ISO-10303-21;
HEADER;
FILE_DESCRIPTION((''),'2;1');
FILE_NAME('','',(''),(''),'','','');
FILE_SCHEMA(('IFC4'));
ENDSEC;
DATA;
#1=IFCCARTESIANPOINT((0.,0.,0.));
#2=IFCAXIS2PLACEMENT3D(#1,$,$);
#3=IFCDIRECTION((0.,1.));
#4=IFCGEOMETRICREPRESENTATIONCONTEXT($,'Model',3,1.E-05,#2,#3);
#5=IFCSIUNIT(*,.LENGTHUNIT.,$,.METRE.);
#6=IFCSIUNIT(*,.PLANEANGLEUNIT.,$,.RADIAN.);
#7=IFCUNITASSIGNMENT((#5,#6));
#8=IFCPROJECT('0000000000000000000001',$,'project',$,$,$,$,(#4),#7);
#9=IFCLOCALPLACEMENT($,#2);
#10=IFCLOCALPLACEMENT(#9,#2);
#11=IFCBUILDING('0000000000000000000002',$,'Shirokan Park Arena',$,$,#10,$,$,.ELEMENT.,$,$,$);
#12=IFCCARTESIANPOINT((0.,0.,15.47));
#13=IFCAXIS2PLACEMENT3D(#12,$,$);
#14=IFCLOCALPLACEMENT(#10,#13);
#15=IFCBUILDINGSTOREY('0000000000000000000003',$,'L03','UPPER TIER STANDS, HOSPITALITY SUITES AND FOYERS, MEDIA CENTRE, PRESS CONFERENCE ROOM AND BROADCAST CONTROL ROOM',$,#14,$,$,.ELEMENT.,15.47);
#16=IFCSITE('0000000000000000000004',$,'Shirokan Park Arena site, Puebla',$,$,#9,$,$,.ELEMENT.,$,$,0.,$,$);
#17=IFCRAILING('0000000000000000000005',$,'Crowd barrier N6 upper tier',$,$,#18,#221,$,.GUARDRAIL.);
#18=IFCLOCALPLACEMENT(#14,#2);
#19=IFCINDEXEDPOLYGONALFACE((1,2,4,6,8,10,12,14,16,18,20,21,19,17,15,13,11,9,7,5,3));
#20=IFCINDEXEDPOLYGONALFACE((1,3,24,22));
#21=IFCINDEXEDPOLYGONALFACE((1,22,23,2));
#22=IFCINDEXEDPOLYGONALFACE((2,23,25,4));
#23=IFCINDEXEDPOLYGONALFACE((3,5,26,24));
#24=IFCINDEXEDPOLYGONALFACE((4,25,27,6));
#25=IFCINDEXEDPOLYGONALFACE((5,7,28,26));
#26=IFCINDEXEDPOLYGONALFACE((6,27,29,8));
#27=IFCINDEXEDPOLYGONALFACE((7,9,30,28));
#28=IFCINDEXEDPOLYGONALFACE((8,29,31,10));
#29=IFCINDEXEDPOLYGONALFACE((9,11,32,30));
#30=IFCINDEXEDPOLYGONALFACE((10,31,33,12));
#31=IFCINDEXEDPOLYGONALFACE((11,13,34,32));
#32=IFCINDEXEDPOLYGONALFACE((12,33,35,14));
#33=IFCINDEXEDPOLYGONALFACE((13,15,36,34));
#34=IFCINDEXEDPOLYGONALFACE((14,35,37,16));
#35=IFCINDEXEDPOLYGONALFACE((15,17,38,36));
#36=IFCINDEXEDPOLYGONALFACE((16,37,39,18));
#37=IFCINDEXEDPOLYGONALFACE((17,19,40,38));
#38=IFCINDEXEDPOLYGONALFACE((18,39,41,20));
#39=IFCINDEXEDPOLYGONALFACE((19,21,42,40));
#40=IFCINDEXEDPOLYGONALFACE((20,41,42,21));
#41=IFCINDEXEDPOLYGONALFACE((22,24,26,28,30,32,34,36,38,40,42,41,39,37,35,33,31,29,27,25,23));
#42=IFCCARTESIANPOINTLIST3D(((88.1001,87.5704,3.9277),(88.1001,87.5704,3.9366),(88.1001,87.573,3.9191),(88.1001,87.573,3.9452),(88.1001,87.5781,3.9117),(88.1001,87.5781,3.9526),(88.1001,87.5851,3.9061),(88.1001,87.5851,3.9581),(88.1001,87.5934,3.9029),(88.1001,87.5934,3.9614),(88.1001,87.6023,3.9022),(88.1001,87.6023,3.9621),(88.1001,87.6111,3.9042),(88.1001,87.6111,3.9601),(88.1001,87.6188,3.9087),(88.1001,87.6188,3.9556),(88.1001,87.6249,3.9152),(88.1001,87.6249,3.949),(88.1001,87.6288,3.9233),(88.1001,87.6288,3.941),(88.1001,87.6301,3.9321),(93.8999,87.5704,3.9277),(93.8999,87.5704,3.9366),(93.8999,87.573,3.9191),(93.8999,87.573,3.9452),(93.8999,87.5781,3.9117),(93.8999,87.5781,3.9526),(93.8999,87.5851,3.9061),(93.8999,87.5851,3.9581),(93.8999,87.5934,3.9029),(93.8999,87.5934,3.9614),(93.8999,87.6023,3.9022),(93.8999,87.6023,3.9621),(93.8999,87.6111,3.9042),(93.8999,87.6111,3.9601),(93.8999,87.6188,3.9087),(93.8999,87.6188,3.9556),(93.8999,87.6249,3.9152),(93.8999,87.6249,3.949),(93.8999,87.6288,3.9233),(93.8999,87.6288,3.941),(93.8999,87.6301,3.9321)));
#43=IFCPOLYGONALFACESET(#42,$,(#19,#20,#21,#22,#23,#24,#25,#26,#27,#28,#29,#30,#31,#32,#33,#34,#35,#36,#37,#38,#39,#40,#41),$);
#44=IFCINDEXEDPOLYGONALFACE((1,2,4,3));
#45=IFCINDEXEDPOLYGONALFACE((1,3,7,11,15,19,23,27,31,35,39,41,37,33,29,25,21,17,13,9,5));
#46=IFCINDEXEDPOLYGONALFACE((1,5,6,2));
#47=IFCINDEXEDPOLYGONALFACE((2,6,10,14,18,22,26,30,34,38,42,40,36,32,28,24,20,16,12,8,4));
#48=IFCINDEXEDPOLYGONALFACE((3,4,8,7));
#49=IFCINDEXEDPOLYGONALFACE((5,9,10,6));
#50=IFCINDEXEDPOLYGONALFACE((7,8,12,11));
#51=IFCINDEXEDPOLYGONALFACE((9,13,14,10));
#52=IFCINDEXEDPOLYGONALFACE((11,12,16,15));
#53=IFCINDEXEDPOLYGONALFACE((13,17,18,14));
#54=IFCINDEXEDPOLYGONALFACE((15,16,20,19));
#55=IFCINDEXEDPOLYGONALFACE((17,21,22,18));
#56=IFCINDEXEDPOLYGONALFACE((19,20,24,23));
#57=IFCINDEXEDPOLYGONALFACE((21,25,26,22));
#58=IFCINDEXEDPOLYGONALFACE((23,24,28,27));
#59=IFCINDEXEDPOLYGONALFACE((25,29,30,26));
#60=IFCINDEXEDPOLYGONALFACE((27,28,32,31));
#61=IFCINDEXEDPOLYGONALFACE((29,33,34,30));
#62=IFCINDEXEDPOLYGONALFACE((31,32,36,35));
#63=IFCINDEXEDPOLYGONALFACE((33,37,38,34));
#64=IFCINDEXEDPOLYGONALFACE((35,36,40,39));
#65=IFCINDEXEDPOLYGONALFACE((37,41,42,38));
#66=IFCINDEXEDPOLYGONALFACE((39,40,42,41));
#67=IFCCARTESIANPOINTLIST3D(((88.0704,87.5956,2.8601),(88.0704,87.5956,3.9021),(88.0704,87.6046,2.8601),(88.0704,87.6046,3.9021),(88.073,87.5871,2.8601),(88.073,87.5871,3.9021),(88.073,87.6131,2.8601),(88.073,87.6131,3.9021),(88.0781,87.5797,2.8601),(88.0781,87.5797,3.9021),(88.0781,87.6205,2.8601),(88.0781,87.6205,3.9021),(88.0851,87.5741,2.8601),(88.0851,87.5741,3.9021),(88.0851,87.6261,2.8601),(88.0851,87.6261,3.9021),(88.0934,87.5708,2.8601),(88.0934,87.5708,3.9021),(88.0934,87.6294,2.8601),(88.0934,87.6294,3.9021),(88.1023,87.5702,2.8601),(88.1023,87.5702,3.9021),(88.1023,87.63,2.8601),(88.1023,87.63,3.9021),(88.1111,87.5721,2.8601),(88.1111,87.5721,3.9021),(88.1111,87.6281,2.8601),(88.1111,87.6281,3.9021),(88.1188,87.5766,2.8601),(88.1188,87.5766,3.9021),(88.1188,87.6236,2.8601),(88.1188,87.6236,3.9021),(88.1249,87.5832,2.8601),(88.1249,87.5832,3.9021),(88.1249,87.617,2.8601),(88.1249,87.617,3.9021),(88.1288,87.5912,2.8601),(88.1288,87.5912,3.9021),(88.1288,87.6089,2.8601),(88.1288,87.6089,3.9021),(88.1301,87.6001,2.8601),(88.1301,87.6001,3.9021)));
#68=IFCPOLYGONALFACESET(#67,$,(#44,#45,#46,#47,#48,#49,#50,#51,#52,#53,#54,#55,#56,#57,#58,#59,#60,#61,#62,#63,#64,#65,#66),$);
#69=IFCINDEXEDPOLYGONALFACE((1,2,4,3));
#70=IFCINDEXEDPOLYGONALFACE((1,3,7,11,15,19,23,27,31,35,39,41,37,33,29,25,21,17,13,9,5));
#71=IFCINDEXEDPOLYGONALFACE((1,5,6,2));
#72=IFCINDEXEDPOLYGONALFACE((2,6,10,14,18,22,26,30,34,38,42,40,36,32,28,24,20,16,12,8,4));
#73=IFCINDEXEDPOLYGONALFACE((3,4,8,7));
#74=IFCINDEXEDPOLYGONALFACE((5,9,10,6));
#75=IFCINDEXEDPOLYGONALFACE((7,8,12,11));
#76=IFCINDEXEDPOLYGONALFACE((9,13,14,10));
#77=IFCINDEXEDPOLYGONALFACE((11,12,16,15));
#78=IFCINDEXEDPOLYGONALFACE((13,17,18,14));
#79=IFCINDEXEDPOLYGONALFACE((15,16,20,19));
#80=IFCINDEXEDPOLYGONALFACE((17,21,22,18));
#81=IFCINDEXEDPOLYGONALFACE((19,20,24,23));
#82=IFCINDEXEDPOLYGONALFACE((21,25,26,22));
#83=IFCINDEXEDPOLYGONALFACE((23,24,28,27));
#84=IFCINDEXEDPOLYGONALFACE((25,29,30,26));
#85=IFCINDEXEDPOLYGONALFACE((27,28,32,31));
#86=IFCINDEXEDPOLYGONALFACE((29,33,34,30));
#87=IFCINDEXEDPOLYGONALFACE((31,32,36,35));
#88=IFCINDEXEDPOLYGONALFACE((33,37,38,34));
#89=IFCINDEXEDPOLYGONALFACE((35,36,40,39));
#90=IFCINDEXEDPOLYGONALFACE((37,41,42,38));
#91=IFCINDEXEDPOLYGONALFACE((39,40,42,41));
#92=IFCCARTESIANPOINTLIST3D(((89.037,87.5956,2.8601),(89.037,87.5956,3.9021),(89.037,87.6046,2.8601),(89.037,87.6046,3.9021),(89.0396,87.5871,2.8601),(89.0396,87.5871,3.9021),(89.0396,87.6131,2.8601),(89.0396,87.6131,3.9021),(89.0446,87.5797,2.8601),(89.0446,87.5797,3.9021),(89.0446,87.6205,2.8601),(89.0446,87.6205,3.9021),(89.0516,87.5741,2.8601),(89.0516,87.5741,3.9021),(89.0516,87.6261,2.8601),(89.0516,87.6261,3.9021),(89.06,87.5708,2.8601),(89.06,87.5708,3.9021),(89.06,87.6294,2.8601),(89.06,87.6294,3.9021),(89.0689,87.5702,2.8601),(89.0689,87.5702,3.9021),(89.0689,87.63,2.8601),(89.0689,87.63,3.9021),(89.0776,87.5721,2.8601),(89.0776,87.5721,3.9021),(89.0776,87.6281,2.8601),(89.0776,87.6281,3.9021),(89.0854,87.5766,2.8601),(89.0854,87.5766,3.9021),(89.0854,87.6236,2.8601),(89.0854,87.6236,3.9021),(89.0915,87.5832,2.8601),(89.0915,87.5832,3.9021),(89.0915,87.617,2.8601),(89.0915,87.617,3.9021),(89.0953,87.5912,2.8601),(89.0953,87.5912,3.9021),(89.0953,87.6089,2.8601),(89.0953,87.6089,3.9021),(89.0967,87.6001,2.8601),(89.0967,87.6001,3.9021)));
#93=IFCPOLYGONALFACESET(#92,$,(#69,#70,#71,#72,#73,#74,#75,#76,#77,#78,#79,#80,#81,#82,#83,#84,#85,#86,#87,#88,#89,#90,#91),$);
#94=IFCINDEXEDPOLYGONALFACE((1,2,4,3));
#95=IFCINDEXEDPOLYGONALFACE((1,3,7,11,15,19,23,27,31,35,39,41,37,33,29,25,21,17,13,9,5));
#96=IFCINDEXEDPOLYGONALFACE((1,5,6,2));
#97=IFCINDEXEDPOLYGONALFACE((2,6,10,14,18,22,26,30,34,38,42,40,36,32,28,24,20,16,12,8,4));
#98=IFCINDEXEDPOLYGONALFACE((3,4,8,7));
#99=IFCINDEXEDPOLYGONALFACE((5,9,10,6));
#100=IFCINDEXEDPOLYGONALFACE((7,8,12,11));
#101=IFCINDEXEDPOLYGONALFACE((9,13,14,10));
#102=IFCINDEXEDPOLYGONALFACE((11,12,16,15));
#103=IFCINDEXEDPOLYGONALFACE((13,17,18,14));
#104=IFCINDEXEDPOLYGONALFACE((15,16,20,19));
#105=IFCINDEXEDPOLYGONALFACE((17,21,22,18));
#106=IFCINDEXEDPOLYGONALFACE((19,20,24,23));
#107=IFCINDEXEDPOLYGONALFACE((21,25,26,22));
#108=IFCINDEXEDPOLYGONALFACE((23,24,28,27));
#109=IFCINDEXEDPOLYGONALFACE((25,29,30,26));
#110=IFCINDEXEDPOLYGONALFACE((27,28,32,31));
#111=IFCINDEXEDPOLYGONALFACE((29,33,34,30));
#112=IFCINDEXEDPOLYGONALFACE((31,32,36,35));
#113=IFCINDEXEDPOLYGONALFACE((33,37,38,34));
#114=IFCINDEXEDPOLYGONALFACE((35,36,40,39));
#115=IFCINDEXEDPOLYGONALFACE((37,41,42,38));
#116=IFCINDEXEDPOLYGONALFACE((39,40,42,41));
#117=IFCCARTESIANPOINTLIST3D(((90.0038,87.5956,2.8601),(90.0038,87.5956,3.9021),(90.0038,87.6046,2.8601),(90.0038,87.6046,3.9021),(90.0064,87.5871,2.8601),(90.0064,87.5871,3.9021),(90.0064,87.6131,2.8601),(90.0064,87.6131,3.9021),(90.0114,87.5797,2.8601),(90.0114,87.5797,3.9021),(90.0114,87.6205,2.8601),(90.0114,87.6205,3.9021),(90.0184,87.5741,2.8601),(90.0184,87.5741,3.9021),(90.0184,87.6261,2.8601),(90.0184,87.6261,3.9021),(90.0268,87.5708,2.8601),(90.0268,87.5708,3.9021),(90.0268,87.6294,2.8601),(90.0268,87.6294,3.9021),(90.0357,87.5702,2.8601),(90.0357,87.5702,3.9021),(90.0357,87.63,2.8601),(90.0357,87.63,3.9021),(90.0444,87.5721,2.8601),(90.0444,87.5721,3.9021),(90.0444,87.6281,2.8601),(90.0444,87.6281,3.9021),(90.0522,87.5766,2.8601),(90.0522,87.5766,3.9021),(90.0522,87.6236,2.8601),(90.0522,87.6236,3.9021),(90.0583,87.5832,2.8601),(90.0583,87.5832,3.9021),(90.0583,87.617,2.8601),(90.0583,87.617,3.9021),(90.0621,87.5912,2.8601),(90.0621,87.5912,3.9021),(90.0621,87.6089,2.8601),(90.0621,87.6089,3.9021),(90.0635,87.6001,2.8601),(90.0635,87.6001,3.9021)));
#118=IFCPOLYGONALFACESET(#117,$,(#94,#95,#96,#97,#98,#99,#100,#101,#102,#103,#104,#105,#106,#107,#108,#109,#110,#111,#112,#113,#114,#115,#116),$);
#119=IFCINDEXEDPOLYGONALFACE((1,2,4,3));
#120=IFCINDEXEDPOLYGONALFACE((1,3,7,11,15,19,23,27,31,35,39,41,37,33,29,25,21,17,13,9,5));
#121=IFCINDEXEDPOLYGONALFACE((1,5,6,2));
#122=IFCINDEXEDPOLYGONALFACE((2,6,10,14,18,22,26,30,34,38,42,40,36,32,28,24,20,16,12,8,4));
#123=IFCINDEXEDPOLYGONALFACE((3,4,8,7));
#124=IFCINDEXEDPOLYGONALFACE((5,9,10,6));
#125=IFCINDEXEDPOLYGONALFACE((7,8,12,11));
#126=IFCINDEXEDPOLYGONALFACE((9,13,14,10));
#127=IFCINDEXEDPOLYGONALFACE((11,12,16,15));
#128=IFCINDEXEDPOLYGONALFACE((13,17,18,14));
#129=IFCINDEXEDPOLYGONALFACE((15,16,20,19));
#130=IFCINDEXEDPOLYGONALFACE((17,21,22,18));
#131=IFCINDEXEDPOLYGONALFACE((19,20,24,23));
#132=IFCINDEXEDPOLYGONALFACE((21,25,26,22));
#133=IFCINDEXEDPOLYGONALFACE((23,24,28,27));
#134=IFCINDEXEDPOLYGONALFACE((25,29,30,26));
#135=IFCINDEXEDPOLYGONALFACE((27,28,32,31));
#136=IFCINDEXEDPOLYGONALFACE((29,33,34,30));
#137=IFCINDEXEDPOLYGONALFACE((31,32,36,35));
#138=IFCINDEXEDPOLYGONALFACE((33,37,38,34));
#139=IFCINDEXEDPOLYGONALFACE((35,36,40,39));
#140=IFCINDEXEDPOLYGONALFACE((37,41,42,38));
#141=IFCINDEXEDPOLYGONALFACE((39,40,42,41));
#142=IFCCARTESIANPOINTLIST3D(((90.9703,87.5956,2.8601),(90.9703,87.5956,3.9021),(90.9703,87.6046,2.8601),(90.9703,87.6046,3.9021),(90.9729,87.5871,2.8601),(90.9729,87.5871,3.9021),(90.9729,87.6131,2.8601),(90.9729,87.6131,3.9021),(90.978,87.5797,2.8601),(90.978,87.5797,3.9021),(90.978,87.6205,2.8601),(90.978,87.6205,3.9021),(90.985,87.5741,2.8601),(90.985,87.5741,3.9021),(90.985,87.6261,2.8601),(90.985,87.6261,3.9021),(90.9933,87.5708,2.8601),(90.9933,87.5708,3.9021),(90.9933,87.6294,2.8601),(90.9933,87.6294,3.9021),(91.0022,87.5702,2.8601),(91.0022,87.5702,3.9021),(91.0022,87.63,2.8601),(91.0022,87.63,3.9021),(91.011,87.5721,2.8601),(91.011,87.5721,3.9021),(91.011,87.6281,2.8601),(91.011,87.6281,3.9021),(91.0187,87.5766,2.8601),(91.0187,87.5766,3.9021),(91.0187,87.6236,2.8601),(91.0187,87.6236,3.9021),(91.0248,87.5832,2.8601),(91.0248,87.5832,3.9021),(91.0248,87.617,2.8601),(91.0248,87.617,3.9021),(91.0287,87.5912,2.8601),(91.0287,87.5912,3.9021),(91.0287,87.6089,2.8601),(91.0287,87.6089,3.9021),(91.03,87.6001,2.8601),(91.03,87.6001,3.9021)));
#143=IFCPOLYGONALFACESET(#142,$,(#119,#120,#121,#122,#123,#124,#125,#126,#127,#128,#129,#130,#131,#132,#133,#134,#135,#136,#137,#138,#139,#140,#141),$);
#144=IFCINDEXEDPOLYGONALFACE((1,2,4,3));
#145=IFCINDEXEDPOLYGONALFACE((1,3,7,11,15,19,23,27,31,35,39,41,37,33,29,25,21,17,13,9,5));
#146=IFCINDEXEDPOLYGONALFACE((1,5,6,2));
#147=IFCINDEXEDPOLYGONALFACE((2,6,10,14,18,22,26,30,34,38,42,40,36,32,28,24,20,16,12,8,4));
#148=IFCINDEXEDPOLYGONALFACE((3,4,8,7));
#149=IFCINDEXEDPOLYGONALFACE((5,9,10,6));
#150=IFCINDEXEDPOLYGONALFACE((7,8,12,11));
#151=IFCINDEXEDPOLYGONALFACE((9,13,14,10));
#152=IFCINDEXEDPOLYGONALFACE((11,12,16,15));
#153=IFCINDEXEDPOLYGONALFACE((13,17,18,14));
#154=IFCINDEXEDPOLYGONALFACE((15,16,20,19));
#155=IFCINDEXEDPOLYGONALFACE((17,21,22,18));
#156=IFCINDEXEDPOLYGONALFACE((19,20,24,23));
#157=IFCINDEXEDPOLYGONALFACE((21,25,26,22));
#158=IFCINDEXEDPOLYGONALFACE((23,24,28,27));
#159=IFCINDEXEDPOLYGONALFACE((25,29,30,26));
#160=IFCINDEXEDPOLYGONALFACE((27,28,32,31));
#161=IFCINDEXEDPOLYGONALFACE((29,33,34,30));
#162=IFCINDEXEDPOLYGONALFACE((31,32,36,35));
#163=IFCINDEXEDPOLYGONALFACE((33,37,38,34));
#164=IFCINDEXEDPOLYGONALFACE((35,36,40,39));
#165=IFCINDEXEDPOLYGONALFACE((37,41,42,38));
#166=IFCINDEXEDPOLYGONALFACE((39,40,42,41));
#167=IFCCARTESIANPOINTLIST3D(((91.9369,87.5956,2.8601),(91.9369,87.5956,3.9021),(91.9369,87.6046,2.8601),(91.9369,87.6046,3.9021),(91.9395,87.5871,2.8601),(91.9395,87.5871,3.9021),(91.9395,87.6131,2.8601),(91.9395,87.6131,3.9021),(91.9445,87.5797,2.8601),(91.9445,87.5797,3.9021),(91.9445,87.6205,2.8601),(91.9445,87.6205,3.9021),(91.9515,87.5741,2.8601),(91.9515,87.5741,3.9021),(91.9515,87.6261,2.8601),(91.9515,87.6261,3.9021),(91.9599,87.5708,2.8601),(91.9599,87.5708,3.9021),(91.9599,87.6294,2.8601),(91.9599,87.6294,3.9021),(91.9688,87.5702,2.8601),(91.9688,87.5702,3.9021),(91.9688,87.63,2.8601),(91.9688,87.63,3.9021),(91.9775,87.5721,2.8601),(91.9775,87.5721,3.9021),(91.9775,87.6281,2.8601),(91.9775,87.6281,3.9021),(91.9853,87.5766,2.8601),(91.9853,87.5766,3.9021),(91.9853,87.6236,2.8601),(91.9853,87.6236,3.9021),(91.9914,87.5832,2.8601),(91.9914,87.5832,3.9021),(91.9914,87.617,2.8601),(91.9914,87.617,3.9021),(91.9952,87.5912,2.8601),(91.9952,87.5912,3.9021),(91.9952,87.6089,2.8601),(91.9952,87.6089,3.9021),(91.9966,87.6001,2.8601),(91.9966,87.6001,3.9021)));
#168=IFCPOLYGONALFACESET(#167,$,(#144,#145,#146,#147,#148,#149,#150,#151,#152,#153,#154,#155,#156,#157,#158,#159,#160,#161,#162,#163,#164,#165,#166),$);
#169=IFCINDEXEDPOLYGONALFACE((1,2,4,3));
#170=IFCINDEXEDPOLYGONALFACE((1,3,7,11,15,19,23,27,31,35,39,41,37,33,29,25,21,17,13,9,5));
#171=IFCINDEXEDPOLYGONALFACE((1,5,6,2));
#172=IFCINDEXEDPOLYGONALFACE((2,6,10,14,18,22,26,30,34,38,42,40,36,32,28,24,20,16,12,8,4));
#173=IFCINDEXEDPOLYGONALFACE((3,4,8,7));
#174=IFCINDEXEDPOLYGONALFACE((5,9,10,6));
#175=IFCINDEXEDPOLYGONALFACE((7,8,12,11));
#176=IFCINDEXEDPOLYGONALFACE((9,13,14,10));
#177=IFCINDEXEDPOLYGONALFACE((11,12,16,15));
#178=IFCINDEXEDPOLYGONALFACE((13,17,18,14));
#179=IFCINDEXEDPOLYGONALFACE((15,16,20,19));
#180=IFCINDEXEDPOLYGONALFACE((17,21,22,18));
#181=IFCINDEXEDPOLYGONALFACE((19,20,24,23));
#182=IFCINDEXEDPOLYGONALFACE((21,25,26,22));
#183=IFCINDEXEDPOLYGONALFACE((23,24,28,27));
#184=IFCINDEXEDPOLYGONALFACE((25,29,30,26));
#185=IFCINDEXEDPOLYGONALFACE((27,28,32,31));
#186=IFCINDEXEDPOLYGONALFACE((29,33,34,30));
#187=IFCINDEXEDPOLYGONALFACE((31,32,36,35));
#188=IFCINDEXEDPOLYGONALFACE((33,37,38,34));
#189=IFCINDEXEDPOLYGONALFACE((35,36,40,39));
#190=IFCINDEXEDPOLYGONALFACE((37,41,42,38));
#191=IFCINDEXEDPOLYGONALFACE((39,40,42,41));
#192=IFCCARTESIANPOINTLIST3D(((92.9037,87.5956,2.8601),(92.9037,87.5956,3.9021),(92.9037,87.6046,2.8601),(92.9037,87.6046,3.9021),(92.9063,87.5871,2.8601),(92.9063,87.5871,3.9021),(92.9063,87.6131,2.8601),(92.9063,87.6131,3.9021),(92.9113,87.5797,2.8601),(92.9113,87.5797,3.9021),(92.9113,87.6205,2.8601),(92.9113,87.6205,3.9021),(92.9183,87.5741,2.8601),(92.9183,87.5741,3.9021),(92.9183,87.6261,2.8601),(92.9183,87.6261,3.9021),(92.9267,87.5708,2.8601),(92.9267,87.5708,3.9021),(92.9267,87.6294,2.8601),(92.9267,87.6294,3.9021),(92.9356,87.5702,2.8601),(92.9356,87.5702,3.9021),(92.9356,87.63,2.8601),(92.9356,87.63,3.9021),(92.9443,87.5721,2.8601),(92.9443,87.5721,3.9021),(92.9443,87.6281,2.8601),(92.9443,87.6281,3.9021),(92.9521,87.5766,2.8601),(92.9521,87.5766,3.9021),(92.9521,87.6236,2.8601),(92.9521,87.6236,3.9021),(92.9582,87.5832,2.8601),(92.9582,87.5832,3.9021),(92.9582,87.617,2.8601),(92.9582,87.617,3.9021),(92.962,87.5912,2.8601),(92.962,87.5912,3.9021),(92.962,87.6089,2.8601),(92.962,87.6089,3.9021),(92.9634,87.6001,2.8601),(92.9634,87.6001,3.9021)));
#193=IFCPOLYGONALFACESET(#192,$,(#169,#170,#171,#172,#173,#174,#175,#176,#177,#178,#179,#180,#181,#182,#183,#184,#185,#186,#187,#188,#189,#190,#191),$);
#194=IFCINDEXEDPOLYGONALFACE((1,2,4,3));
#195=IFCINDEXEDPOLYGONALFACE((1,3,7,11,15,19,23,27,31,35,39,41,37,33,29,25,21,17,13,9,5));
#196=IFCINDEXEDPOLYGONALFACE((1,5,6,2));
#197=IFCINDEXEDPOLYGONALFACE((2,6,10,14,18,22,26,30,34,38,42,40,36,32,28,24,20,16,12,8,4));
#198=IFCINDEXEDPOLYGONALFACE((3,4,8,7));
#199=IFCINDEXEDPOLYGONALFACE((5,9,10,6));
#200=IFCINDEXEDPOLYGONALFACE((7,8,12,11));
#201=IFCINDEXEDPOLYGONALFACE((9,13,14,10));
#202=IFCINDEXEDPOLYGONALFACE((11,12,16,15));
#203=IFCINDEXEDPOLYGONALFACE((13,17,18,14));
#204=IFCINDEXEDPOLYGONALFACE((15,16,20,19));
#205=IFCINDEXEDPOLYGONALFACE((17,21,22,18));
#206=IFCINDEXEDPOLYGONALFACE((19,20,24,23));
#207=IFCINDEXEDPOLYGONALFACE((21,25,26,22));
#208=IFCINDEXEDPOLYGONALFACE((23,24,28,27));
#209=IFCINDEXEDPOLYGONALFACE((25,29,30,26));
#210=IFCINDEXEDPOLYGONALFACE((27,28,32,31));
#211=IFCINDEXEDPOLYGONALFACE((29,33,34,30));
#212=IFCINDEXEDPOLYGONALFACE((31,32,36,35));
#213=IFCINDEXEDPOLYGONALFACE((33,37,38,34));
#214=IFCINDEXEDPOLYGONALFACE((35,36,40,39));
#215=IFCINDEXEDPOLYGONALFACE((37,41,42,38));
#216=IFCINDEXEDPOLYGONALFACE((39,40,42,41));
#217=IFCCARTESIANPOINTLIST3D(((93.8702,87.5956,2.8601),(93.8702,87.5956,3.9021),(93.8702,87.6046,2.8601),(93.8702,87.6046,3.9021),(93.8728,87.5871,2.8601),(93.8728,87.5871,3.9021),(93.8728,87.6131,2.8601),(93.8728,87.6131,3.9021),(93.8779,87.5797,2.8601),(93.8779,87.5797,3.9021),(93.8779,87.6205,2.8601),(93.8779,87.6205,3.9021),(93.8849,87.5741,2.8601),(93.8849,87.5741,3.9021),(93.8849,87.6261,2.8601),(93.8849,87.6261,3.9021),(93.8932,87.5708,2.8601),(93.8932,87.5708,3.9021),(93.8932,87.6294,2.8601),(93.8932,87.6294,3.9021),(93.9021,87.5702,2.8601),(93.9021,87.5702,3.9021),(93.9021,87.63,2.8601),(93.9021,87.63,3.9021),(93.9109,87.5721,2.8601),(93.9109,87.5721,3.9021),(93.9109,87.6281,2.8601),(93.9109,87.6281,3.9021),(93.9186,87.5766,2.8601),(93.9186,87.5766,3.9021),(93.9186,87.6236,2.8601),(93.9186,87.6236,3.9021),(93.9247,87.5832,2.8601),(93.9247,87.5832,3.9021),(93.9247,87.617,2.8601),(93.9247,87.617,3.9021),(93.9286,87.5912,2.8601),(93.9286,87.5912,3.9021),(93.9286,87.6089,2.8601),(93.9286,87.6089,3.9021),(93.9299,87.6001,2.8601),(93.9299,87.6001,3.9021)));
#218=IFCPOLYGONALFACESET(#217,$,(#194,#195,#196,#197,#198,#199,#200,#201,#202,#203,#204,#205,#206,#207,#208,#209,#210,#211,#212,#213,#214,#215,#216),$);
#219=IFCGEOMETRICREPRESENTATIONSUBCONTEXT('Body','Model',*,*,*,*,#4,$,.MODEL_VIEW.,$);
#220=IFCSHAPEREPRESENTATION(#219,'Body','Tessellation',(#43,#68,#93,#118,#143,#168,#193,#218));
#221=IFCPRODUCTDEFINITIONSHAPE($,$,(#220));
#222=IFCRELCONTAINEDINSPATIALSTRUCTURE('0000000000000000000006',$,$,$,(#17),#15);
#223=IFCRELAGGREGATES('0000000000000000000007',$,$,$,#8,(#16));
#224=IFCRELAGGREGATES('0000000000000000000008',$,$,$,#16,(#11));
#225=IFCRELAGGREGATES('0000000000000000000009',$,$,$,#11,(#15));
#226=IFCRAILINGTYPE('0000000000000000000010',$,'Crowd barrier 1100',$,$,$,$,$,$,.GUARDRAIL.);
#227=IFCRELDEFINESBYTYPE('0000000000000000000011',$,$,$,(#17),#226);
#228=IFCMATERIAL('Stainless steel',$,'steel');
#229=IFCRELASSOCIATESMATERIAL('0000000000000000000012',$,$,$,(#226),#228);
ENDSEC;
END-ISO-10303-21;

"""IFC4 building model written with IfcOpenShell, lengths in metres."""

from ifc_helpers import new_model, si_unit, direction, frame, origin, origin_2d, place, context, subcontext, project, spatial, circle, extrude, material, type_object, element, save


model = new_model("IFC4")

# Units and contexts
model_context = context("Model", 3, precision=1e-05, world=origin(), true_north=direction((0.0, 1.0)))
body_context = subcontext(model_context, "Body", "Model", "MODEL_VIEW")
ifc_project = project(units=[si_unit("LENGTHUNIT", "METRE"), si_unit("PLANEANGLEUNIT", "RADIAN")], contexts=[model_context])

# Site, building, storey
site_placement = place(None, origin())
site = spatial("IfcSite", under=ifc_project, at=site_placement, Name="Shirokan Park Arena site, Puebla", CompositionType="ELEMENT", RefElevation=0.0)
building_placement = place(site_placement, origin())
building = spatial("IfcBuilding", under=site, at=building_placement, Name="Shirokan Park Arena", CompositionType="ELEMENT")
storey_placement = place(building_placement, frame((0.0, 0.0, 15.47)))
storey = spatial("IfcBuildingStorey", under=building, at=storey_placement, Name="L03", Description="UPPER TIER STANDS, HOSPITALITY SUITES AND FOYERS, MEDIA CENTRE, PRESS CONFERENCE ROOM AND BROADCAST CONTROL ROOM", CompositionType="ELEMENT", Elevation=15.47)

# Railing
ifc_material_1 = material(Name="Stainless steel", Category="steel")
railing_type_1 = type_object("IfcRailingType", Name="Crowd barrier 1100", PredefinedType="GUARDRAIL", material=ifc_material_1)
railing_1_placement = place(storey_placement, frame((88.1001, 87.6001, 2.8601)))
element("IfcRailing", 1, at=railing_1_placement, inside=storey, type_object=railing_type_1, Name="Crowd barrier N6 upper tier", PredefinedType="GUARDRAIL", context=body_context, shape_type="SweptSolid", body=[
    extrude(circle(Radius=0.03, at=origin_2d()), frame((0.0, 0.0, 1.072), z_axis=(1.0, 0.0, 0.0), x_axis=(0.0, 1.0, 0.0)), (0.0, 0.0, 1.0), 5.7998),
    extrude(circle(Radius=0.03, at=origin_2d()), origin(), (0.0, 0.0, 1.0), 1.042),
    extrude(circle(Radius=0.03, at=origin_2d()), frame((0.9666, 0.0, 0.0)), (0.0, 0.0, 1.0), 1.042),
    extrude(circle(Radius=0.03, at=origin_2d()), frame((1.9333, 0.0, 0.0)), (0.0, 0.0, 1.0), 1.042),
    extrude(circle(Radius=0.03, at=origin_2d()), frame((2.8999, 0.0, 0.0)), (0.0, 0.0, 1.0), 1.042),
    extrude(circle(Radius=0.03, at=origin_2d()), frame((3.8665, 0.0, 0.0)), (0.0, 0.0, 1.0), 1.042),
    extrude(circle(Radius=0.03, at=origin_2d()), frame((4.8333, 0.0, 0.0)), (0.0, 0.0, 1.0), 1.042),
    extrude(circle(Radius=0.03, at=origin_2d()), frame((5.7998, 0.0, 0.0)), (0.0, 0.0, 1.0), 1.042),
])

save(model, "model.ifc")
